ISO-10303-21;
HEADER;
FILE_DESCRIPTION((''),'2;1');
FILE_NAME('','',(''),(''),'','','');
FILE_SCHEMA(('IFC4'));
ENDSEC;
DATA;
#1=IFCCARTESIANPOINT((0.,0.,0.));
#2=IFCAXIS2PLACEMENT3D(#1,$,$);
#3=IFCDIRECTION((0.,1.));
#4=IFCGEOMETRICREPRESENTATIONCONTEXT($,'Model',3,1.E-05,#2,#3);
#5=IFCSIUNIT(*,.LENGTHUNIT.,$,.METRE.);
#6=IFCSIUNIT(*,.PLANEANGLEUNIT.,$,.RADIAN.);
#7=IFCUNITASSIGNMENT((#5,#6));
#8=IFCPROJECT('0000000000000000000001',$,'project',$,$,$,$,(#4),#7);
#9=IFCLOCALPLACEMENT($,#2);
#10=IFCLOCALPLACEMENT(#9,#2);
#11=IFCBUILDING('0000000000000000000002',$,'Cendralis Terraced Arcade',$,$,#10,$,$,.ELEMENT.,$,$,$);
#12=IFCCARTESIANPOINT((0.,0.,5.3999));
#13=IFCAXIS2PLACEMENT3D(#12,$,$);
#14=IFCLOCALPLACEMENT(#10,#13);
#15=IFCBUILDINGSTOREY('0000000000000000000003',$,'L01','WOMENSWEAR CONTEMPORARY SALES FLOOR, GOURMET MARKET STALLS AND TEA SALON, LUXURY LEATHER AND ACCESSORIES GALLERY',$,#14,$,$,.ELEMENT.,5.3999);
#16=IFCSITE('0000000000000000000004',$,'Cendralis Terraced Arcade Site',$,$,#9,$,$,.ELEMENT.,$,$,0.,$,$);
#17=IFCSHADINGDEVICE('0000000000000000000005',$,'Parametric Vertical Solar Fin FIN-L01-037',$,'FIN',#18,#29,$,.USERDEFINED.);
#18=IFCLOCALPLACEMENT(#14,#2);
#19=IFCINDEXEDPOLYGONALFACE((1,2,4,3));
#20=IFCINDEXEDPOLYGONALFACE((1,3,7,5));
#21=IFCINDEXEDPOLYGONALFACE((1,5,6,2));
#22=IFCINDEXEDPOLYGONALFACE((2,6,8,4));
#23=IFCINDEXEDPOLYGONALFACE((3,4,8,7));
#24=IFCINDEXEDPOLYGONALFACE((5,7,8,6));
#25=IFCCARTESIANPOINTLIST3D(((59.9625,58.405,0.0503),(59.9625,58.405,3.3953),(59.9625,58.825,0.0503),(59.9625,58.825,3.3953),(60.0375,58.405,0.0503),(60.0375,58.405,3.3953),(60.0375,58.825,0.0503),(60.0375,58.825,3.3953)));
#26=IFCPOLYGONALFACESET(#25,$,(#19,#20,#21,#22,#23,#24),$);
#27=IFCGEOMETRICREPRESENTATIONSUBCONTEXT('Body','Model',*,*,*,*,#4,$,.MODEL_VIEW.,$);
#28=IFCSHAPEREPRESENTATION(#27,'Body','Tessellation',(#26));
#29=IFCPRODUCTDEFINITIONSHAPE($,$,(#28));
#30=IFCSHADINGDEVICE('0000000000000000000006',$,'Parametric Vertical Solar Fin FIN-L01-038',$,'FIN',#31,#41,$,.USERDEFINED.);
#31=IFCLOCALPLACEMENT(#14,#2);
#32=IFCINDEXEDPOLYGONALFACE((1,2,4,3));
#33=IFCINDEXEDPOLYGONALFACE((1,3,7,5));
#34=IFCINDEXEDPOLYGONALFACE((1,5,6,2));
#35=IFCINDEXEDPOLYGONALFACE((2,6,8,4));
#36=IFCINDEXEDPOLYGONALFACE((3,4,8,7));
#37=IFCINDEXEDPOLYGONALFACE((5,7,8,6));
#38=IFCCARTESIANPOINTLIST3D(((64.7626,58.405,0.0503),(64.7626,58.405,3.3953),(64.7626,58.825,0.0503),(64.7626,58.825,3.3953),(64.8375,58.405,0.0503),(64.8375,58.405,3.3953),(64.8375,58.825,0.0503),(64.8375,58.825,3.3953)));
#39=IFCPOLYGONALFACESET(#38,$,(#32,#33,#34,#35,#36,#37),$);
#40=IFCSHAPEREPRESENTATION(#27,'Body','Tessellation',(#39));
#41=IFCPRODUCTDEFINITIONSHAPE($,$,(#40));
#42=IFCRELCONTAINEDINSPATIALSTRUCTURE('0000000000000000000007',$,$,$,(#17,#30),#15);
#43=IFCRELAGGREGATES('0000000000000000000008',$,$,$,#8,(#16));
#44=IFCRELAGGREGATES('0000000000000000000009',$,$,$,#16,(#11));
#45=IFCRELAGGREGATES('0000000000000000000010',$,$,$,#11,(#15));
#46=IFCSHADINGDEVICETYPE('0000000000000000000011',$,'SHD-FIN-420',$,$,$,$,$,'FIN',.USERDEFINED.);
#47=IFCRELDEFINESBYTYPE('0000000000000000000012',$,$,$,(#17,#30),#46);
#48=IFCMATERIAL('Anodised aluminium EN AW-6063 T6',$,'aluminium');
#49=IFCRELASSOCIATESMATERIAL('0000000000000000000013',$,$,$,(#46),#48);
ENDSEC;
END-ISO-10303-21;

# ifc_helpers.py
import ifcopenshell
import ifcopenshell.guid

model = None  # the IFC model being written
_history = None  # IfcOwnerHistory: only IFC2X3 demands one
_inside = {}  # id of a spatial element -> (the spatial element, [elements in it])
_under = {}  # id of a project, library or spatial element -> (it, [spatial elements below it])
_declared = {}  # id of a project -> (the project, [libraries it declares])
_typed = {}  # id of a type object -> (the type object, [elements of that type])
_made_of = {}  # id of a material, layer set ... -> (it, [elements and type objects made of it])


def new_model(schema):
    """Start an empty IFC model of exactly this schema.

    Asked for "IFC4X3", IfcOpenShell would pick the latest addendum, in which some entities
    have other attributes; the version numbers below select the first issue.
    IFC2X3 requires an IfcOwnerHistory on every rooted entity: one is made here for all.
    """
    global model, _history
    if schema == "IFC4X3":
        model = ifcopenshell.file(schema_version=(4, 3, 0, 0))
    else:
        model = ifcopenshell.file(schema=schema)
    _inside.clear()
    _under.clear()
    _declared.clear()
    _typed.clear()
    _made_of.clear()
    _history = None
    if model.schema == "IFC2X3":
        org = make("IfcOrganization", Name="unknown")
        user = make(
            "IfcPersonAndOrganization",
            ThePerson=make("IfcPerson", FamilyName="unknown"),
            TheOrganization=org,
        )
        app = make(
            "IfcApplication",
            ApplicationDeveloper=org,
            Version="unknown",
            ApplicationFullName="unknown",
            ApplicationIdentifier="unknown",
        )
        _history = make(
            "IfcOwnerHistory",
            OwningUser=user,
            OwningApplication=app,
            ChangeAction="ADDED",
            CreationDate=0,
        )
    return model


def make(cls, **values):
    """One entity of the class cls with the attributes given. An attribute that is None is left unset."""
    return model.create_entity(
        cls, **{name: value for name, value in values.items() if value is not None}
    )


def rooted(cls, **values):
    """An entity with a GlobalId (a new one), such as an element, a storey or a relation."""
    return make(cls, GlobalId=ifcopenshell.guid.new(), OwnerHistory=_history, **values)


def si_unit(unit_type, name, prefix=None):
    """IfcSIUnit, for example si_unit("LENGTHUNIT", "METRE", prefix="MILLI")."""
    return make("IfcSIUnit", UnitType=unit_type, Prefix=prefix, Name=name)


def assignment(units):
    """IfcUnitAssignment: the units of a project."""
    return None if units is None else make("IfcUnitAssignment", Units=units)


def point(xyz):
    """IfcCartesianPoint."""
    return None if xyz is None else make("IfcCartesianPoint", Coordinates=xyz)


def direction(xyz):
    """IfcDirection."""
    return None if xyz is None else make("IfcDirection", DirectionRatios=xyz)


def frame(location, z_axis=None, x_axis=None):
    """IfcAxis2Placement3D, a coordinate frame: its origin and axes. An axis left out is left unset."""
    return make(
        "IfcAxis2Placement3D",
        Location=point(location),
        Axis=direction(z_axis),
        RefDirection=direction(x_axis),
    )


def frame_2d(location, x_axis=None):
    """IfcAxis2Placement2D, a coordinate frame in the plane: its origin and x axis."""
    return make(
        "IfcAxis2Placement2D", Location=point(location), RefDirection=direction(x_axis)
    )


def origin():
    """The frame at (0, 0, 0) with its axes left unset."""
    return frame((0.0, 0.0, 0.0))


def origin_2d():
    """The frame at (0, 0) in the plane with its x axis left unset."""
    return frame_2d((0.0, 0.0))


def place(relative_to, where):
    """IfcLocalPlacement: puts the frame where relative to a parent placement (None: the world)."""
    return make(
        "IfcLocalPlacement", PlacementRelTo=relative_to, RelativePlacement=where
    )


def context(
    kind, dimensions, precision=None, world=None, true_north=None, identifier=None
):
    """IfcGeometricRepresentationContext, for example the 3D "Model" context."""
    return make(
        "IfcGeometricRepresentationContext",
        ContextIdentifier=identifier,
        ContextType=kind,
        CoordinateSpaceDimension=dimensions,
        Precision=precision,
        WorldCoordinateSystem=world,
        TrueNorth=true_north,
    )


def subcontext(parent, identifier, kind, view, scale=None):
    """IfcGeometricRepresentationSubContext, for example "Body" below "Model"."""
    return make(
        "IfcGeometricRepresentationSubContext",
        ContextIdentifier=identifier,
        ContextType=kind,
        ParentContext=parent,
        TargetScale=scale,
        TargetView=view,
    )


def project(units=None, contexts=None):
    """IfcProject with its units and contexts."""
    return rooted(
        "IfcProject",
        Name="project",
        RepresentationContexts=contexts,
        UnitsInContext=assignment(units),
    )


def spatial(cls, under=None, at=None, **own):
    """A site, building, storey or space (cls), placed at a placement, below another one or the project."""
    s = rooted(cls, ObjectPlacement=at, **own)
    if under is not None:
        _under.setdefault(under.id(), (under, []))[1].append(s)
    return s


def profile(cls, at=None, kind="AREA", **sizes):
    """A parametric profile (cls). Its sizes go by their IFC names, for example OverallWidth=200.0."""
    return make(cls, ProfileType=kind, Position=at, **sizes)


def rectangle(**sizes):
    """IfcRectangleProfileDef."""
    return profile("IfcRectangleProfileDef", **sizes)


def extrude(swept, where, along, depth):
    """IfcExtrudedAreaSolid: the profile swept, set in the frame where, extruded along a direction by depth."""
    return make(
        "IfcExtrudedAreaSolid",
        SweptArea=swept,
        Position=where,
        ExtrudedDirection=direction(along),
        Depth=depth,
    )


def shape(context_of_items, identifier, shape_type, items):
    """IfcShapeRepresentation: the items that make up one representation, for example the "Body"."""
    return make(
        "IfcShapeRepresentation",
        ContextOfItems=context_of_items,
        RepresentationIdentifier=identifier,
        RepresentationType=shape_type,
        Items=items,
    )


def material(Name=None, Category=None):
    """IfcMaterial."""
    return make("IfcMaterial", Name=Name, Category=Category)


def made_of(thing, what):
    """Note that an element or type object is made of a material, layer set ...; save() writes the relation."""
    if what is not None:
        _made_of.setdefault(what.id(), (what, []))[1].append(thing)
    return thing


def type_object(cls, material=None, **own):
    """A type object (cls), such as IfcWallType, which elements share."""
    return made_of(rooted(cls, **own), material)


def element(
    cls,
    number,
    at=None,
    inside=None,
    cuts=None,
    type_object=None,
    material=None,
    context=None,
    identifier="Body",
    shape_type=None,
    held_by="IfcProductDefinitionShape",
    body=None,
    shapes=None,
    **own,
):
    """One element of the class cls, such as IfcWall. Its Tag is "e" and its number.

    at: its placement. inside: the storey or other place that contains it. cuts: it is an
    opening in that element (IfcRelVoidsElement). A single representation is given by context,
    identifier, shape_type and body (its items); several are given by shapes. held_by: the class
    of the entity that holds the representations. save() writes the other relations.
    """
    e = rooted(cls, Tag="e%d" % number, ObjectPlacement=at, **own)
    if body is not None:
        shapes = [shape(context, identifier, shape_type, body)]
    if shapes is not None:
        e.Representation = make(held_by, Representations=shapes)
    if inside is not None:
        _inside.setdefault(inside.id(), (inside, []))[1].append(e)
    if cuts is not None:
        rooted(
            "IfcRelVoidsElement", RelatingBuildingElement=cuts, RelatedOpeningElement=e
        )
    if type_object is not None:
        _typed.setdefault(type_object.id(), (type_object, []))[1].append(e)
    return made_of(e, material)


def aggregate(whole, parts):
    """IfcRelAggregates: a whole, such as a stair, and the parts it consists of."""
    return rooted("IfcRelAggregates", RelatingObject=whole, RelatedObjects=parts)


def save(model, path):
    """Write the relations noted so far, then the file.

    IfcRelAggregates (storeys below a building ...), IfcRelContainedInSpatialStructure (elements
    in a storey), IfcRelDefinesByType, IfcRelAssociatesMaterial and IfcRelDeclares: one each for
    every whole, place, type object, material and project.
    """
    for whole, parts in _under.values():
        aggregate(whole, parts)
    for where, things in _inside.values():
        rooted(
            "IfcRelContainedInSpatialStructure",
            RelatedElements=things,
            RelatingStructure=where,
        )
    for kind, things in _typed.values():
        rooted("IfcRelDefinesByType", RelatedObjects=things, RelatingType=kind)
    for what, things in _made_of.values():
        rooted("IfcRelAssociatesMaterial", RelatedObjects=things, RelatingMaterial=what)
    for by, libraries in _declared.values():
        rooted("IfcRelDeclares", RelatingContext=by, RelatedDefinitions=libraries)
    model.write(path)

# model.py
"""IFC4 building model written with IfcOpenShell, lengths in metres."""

from ifc_helpers import new_model, si_unit, direction, frame, origin, origin_2d, place, context, subcontext, project, spatial, rectangle, extrude, material, type_object, element, save


model = new_model("IFC4")

# Units and contexts
model_context = context("Model", 3, precision=1e-05, world=origin(), true_north=direction((0.0, 1.0)))
body_context = subcontext(model_context, "Body", "Model", "MODEL_VIEW")
ifc_project = project(units=[si_unit("LENGTHUNIT", "METRE"), si_unit("PLANEANGLEUNIT", "RADIAN")], contexts=[model_context])

# Site, building, storey
site_placement = place(None, origin())
site = spatial("IfcSite", under=ifc_project, at=site_placement, Name="Cendralis Terraced Arcade Site", CompositionType="ELEMENT", RefElevation=0.0)
building_placement = place(site_placement, origin())
building = spatial("IfcBuilding", under=site, at=building_placement, Name="Cendralis Terraced Arcade", CompositionType="ELEMENT")
storey_placement = place(building_placement, frame((0.0, 0.0, 5.3999)))
storey = spatial("IfcBuildingStorey", under=building, at=storey_placement, Name="L01", Description="WOMENSWEAR CONTEMPORARY SALES FLOOR, GOURMET MARKET STALLS AND TEA SALON, LUXURY LEATHER AND ACCESSORIES GALLERY", CompositionType="ELEMENT", Elevation=5.3999)

# Shared definitions
ifc_material_1 = material(Name="Anodised aluminium EN AW-6063 T6", Category="aluminium")

# Shading devices
shading_device_type = type_object("IfcShadingDeviceType", Name="SHD-FIN-420", ElementType="FIN", PredefinedType="USERDEFINED", material=ifc_material_1)
for number, where, z_axis, x_axis, name in (
    (1, (60.0, 58.615, 0.0503), (0.0, 0.0, 1.0), (1.0, 0.0, 0.0), "Parametric Vertical Solar Fin FIN-L01-037"),
    (2, (64.8, 58.615, 0.0503), (0.0, 0.0, 1.0), (1.0, 0.0, 0.0), "Parametric Vertical Solar Fin FIN-L01-038"),
):
    element("IfcShadingDevice", number, at=place(storey_placement, frame(where, z_axis=z_axis, x_axis=x_axis)), inside=storey, type_object=shading_device_type, Name=name, ObjectType="FIN", PredefinedType="USERDEFINED", context=body_context, shape_type="SweptSolid", body=[
        extrude(rectangle(XDim=0.075, YDim=0.4199, at=origin_2d()), origin(), (0.0, 0.0, 1.0), 3.345),
    ])

save(model, "model.ifc")
